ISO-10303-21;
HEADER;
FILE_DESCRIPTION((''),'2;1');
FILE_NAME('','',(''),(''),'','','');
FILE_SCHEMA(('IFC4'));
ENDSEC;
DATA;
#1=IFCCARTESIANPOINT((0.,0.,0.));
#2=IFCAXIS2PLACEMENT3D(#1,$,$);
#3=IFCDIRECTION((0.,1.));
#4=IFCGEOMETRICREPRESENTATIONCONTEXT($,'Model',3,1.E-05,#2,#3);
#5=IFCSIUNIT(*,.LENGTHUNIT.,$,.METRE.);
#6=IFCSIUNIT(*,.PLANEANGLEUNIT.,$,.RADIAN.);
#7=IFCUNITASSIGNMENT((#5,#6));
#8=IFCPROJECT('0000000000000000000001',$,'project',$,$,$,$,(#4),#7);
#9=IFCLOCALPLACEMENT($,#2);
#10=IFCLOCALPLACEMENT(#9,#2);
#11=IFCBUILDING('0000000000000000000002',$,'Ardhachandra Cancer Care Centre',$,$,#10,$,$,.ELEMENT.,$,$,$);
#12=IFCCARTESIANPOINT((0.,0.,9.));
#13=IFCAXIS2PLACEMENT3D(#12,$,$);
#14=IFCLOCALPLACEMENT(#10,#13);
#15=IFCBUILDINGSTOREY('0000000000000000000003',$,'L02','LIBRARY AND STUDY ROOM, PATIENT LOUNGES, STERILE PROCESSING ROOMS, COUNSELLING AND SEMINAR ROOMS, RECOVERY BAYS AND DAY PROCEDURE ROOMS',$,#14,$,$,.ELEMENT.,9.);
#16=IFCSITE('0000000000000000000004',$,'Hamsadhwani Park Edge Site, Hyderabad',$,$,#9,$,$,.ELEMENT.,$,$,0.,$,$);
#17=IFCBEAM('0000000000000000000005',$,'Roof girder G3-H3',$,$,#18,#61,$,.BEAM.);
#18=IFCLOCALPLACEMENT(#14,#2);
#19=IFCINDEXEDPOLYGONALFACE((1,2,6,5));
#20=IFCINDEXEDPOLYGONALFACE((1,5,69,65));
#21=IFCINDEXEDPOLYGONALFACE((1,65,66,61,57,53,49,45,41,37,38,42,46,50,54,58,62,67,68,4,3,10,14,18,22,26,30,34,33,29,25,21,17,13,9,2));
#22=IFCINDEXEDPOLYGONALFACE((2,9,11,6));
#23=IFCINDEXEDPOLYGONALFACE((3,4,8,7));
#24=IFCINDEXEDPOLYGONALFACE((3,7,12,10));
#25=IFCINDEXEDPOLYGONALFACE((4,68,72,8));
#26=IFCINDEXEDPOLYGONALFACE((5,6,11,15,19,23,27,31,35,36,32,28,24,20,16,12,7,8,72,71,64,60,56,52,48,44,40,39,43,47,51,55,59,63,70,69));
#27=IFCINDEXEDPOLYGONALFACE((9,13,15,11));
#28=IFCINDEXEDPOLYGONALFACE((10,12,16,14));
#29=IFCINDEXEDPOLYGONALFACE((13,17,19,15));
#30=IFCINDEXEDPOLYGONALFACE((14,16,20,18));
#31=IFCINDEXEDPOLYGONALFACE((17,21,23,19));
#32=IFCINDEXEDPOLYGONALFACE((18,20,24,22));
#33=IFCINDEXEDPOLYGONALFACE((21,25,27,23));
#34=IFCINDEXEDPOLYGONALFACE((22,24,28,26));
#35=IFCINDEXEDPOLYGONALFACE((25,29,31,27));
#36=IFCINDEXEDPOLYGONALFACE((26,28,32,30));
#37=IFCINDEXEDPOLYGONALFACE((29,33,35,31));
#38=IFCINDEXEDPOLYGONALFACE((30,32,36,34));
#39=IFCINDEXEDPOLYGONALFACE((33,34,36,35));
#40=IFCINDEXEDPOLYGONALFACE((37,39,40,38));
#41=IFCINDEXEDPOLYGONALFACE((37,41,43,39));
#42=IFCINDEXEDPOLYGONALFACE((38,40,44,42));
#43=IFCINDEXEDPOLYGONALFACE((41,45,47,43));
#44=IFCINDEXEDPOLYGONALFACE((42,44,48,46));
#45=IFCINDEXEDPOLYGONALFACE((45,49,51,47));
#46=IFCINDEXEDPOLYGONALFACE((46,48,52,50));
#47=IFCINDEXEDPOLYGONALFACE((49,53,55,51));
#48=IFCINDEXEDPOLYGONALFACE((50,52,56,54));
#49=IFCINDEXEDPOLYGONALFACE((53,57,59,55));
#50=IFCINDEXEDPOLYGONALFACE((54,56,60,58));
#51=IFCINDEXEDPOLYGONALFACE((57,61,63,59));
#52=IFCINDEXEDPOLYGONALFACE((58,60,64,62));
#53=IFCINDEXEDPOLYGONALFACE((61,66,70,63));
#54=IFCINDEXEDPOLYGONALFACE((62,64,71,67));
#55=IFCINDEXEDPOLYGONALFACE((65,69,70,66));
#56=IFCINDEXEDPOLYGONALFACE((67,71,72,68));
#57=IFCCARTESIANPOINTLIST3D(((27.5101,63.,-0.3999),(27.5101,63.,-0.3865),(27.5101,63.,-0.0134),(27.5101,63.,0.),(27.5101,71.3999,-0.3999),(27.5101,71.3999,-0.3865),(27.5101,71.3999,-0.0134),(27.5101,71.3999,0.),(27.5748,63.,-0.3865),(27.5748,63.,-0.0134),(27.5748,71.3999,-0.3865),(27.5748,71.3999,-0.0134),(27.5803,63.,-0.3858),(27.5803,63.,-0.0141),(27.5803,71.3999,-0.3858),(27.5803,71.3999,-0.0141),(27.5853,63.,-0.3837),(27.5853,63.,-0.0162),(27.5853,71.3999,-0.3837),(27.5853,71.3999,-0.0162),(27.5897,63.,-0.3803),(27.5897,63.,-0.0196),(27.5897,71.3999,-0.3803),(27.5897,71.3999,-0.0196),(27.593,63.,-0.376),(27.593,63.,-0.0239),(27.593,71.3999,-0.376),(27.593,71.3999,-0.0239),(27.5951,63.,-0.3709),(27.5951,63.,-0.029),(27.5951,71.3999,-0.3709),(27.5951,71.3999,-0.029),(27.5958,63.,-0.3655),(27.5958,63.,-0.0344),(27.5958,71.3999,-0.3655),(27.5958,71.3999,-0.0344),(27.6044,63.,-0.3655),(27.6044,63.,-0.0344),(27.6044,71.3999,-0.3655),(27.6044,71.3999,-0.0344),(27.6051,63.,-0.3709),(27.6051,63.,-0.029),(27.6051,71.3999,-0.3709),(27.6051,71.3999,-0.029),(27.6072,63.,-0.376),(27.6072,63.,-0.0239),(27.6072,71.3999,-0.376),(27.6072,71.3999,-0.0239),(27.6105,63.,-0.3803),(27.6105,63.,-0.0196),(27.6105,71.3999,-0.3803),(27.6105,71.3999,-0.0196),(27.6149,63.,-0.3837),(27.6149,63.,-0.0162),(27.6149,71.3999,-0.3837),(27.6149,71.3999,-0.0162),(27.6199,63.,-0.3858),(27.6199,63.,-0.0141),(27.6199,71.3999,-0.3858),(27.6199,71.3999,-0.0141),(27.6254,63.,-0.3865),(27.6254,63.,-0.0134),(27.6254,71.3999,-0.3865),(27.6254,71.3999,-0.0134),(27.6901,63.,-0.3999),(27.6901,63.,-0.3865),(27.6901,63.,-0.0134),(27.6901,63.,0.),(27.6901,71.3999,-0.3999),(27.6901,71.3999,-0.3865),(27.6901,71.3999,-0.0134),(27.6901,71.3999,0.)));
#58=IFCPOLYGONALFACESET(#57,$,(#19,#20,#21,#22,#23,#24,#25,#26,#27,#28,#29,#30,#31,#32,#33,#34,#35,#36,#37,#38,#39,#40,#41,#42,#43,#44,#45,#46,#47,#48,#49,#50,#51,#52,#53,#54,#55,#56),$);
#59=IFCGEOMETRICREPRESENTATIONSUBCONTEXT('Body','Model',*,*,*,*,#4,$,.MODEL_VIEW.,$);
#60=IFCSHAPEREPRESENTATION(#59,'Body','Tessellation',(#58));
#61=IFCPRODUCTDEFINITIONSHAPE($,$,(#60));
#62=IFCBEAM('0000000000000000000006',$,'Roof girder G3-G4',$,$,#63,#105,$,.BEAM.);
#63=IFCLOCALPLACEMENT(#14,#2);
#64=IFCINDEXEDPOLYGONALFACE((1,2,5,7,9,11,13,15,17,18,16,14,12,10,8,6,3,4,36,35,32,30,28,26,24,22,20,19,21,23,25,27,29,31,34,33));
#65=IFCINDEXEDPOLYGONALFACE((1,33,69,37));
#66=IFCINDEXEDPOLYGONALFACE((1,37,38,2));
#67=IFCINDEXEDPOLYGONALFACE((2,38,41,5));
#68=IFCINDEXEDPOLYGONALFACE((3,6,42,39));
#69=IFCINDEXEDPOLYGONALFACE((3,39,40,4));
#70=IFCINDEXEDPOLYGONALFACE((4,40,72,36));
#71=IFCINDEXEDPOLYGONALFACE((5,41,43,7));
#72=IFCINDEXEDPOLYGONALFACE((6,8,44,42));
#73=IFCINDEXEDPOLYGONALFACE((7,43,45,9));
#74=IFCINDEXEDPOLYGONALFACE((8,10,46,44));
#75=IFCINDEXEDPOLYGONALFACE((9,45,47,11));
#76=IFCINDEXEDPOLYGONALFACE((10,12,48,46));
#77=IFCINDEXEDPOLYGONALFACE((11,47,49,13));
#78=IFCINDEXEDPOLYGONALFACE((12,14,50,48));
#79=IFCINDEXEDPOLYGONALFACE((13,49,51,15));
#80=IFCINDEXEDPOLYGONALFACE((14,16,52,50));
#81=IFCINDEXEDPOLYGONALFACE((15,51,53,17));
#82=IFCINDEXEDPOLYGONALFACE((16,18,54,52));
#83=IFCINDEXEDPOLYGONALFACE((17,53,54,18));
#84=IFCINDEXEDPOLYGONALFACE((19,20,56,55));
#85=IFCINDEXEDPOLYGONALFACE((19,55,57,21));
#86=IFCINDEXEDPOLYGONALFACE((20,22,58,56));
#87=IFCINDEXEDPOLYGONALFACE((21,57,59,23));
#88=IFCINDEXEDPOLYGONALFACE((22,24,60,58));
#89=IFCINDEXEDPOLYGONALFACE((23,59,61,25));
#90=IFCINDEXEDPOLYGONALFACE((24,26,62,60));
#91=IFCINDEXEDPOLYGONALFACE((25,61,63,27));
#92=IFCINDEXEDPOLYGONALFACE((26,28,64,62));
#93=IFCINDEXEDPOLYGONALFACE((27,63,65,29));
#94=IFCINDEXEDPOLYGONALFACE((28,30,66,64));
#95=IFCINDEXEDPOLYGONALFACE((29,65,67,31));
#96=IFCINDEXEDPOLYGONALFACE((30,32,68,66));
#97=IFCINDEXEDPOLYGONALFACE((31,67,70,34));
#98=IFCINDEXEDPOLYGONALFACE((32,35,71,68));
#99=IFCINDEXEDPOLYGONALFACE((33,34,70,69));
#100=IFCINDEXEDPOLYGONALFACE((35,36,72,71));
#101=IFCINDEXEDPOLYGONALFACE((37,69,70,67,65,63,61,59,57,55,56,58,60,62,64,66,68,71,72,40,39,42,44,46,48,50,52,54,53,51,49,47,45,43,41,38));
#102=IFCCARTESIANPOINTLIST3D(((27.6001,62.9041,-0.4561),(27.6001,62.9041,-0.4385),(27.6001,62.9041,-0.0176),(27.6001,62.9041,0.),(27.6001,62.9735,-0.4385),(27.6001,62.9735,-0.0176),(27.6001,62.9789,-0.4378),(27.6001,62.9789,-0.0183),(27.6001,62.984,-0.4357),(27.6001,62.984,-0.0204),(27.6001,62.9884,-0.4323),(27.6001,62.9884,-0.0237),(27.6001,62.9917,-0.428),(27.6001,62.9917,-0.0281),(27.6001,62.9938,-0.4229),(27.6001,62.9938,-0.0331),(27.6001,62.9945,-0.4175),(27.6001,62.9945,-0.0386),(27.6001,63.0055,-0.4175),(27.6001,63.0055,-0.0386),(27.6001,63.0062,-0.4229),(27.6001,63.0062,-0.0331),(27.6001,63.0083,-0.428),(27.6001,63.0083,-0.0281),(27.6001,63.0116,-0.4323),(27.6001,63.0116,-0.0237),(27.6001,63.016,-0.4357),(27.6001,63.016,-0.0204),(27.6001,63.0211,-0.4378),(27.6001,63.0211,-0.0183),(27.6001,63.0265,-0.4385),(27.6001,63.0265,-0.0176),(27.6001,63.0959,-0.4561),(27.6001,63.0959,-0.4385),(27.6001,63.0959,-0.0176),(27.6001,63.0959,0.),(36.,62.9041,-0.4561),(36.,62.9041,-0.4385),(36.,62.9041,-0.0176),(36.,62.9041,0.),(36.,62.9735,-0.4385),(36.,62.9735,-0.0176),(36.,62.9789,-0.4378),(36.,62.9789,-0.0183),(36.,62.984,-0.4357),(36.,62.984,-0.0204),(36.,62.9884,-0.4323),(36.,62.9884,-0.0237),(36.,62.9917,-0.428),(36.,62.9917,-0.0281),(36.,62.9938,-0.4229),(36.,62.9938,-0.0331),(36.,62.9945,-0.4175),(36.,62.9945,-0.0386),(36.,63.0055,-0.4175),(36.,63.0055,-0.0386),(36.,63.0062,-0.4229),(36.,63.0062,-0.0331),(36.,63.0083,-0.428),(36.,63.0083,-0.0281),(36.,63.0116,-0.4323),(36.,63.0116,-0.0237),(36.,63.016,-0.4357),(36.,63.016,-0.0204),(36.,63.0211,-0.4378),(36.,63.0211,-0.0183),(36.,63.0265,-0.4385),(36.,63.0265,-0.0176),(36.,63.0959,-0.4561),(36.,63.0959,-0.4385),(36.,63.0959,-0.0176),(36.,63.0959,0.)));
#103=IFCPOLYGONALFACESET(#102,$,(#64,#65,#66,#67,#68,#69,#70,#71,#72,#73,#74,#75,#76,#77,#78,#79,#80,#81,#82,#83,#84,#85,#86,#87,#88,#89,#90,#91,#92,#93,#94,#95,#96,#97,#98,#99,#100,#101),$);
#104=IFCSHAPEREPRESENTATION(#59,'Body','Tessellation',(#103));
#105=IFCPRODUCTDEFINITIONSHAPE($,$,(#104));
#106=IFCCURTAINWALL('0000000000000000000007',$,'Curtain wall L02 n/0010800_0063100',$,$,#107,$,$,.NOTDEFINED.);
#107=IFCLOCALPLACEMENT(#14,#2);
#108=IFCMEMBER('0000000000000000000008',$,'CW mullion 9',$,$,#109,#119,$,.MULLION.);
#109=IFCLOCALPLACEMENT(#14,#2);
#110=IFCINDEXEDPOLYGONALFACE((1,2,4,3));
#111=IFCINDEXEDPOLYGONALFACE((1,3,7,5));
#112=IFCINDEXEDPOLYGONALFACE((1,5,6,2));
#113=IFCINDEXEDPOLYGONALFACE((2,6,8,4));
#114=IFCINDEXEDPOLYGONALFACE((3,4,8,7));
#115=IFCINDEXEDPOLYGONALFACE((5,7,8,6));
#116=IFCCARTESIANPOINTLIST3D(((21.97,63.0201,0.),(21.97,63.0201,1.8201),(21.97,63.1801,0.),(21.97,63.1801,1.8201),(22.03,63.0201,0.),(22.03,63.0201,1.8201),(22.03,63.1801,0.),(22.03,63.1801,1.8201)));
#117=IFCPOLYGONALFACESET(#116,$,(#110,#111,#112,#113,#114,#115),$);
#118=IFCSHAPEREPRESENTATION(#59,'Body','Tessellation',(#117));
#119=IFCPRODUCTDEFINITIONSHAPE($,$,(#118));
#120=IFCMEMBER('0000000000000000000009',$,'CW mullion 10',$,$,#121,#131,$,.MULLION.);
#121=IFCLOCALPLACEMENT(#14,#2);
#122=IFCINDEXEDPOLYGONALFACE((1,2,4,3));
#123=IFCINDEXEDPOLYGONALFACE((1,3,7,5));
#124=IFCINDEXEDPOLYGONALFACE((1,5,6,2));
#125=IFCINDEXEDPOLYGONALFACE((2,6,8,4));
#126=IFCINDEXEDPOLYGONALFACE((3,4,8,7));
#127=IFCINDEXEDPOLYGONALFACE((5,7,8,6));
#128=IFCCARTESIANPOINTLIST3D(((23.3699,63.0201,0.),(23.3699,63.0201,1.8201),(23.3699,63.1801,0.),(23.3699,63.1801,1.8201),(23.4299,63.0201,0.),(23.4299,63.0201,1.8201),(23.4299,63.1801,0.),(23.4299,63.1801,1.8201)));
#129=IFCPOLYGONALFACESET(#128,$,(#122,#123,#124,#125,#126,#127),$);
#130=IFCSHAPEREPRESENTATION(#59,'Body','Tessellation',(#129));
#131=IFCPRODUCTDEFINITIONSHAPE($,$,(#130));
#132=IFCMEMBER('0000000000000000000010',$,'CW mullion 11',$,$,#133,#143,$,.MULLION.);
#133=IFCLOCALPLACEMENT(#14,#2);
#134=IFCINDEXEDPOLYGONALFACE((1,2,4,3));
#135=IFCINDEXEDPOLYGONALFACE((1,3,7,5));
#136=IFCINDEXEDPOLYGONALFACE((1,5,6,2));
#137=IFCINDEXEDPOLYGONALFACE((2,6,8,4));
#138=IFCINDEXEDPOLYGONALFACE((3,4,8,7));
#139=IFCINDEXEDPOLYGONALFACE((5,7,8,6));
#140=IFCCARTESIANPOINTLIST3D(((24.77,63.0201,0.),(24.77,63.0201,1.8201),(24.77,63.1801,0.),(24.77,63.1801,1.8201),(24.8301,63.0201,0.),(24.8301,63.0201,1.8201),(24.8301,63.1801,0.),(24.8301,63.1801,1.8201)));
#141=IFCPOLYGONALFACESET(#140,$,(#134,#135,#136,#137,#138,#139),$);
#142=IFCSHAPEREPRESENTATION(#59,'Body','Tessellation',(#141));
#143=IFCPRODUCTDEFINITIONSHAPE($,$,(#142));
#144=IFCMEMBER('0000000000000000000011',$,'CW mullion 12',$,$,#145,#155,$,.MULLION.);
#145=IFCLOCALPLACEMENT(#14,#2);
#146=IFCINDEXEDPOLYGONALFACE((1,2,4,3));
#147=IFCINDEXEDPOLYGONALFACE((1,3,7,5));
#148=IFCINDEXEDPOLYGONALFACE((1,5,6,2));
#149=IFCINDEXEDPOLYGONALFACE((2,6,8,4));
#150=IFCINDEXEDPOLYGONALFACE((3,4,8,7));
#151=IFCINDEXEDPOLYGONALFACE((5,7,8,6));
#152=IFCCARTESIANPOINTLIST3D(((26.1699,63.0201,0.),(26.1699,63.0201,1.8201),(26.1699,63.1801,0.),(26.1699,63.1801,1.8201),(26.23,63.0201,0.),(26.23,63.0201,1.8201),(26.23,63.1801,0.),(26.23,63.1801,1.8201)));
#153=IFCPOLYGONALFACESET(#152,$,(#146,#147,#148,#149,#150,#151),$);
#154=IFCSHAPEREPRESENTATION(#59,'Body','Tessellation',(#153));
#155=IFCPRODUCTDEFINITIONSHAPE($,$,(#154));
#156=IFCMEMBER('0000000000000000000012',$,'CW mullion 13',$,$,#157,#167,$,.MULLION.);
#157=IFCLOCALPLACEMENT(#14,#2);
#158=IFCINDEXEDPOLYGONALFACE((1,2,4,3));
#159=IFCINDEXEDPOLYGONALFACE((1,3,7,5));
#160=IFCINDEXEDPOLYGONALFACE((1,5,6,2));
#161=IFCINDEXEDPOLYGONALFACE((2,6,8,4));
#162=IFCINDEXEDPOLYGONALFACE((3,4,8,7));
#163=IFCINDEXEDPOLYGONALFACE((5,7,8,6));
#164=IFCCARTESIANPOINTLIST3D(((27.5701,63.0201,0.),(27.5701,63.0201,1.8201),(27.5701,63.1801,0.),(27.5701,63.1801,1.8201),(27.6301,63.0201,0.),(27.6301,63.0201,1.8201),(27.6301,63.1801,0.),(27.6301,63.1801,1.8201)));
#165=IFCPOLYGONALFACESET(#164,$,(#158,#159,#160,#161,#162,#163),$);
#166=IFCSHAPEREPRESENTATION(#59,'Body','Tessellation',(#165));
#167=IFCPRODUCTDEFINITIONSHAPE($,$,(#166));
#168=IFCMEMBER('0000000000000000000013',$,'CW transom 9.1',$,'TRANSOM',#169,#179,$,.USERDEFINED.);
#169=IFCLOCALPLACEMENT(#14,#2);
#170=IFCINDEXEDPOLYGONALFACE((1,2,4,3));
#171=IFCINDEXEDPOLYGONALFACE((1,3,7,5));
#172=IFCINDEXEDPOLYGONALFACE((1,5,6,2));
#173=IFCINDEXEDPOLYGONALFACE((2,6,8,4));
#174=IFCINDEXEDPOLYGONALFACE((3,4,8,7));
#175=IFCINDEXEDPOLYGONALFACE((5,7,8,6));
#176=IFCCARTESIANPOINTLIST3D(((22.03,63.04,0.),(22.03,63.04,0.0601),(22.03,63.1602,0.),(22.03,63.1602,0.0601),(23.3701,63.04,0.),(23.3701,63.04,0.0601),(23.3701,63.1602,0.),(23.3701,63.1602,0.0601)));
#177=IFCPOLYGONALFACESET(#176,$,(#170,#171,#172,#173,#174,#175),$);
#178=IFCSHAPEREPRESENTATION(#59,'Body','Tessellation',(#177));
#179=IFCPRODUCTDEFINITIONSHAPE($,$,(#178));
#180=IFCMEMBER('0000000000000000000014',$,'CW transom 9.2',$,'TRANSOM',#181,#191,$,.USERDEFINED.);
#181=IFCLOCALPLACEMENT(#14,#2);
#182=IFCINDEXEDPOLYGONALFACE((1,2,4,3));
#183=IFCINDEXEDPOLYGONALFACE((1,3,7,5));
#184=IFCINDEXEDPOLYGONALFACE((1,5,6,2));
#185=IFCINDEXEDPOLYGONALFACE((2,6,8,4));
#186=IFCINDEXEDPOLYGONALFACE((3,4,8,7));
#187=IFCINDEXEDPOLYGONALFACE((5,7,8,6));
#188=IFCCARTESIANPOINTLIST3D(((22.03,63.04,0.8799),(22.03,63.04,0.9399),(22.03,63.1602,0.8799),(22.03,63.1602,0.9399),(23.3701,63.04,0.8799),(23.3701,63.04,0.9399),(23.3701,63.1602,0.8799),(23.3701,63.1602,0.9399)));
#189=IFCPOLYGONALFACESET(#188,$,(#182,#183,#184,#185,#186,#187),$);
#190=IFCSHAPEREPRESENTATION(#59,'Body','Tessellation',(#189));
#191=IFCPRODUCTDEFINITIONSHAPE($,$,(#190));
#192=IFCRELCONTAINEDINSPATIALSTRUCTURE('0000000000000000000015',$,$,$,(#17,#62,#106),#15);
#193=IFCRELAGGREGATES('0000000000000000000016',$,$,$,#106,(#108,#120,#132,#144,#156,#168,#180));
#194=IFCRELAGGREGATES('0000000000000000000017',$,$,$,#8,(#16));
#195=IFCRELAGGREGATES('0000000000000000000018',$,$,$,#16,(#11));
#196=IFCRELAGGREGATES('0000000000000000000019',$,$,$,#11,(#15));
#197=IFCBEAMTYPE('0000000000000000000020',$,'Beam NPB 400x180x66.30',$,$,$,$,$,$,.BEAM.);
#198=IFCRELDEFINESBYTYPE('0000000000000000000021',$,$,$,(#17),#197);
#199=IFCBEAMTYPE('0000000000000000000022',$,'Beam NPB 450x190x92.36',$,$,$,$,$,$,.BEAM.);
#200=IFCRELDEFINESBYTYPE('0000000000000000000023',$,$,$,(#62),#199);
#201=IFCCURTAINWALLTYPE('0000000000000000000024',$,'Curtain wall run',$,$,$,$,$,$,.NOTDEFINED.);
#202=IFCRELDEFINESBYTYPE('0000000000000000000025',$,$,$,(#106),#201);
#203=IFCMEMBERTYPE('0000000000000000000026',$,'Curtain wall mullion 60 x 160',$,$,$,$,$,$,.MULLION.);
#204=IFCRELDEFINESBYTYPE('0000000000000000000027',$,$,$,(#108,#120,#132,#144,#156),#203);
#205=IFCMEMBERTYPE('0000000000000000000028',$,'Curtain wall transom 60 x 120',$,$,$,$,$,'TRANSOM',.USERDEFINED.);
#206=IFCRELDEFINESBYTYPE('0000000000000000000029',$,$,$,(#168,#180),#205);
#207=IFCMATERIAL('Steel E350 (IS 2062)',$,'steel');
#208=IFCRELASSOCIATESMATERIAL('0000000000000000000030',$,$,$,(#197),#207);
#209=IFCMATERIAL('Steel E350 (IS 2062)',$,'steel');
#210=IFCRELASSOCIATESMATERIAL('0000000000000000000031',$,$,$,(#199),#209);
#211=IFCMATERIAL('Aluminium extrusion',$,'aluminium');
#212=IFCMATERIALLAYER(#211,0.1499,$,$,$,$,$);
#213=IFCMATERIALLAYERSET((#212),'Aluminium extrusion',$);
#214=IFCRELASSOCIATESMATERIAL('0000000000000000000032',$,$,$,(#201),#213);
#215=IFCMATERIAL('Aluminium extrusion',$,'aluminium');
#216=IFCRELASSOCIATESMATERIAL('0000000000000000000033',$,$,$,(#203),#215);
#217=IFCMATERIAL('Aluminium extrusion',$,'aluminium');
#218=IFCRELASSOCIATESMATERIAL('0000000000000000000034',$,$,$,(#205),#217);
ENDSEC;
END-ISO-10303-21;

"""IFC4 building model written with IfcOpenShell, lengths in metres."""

from ifc_helpers import new_model, si_unit, direction, frame, origin, origin_2d, place, context, subcontext, project, spatial, rectangle, i_section, extrude, material, layer, layer_set, material_profile, profile_set, type_object, element, aggregate, save


model = new_model("IFC4")

# Units and contexts
model_context = context("Model", 3, precision=1e-05, world=origin(), true_north=direction((0.0, 1.0)))
body_context = subcontext(model_context, "Body", "Model", "MODEL_VIEW")
ifc_project = project(units=[si_unit("LENGTHUNIT", "METRE"), si_unit("PLANEANGLEUNIT", "RADIAN")], contexts=[model_context])

# Site, building, storey
site_placement = place(None, origin())
site = spatial("IfcSite", under=ifc_project, at=site_placement, Name="Hamsadhwani Park Edge Site, Hyderabad", CompositionType="ELEMENT", RefElevation=0.0)
building_placement = place(site_placement, origin())
building = spatial("IfcBuilding", under=site, at=building_placement, Name="Ardhachandra Cancer Care Centre", CompositionType="ELEMENT")
storey_placement = place(building_placement, frame((0.0, 0.0, 9.0)))
storey = spatial("IfcBuildingStorey", under=building, at=storey_placement, Name="L02", Description="LIBRARY AND STUDY ROOM, PATIENT LOUNGES, STERILE PROCESSING ROOMS, COUNSELLING AND SEMINAR ROOMS, RECOVERY BAYS AND DAY PROCEDURE ROOMS", CompositionType="ELEMENT", Elevation=9.0)

# Beams
ifc_material_1 = material(Name="Steel E350 (IS 2062)", Category="steel")
ifc_material_profile_1 = material_profile(ifc_material_1, i_section(OverallWidth=0.1799, OverallDepth=0.3999, WebThickness=0.0085, FlangeThickness=0.0134, FilletRadius=0.021, at=origin_2d()), Name="NPB 400x180x66.30")
ifc_profile_set_1 = profile_set([ifc_material_profile_1], Name="Steel E350 (IS 2062)")
beam_type_1 = type_object("IfcBeamType", Name="Beam NPB 400x180x66.30", PredefinedType="BEAM", material=ifc_profile_set_1)
beam_1_placement = place(storey_placement, frame((27.6001, 63.0, -0.2), z_axis=(0.0, 1.0, 0.0), x_axis=(-1.0, 0.0, 0.0)))
element("IfcBeam", 1, at=beam_1_placement, inside=storey, type_object=beam_type_1, Name="Roof girder G3-H3", PredefinedType="BEAM", context=body_context, shape_type="SweptSolid", body=[
    extrude(i_section(OverallWidth=0.1799, OverallDepth=0.3999, WebThickness=0.0085, FlangeThickness=0.0134, FilletRadius=0.021, at=origin_2d()), origin(), (0.0, 0.0, 1.0), 8.3999),
])
ifc_material_2 = material(Name="Steel E350 (IS 2062)", Category="steel")
ifc_material_profile_2 = material_profile(ifc_material_2, i_section(OverallWidth=0.1919, OverallDepth=0.4561, WebThickness=0.011, FlangeThickness=0.0176, FilletRadius=0.021, at=origin_2d()), Name="NPB 450x190x92.36")
ifc_profile_set_2 = profile_set([ifc_material_profile_2], Name="Steel E350 (IS 2062)")
beam_type_2 = type_object("IfcBeamType", Name="Beam NPB 450x190x92.36", PredefinedType="BEAM", material=ifc_profile_set_2)
beam_2_placement = place(storey_placement, frame((27.6001, 63.0, -0.228), z_axis=(1.0, 0.0, 0.0), x_axis=(0.0, 1.0, 0.0)))
element("IfcBeam", 2, at=beam_2_placement, inside=storey, type_object=beam_type_2, Name="Roof girder G3-G4", PredefinedType="BEAM", context=body_context, shape_type="SweptSolid", body=[
    extrude(i_section(OverallWidth=0.1919, OverallDepth=0.4561, WebThickness=0.011, FlangeThickness=0.0176, FilletRadius=0.021, at=origin_2d()), origin(), (0.0, 0.0, 1.0), 8.3999),
])

# Curtain wall, members
ifc_material_3 = material(Name="Aluminium extrusion", Category="aluminium")
ifc_layer_1 = layer(ifc_material_3, 0.1499)
ifc_layer_set_1 = layer_set([ifc_layer_1], Name="Aluminium extrusion")
curtain_wall_type = type_object("IfcCurtainWallType", Name="Curtain wall run", PredefinedType="NOTDEFINED", material=ifc_layer_set_1)
curtain_wall_placement = place(storey_placement, origin())
curtain_wall = element("IfcCurtainWall", 3, at=curtain_wall_placement, inside=storey, type_object=curtain_wall_type, Name="Curtain wall L02 n/0010800_0063100", PredefinedType="NOTDEFINED")
ifc_material_4 = material(Name="Aluminium extrusion", Category="aluminium")
ifc_material_profile_3 = material_profile(ifc_material_4, rectangle(XDim=0.1599, YDim=0.0601, at=origin_2d()), Name="Curtain wall mullion 60 x 160")
ifc_profile_set_3 = profile_set([ifc_material_profile_3], Name="Aluminium extrusion")
member_type_1 = type_object("IfcMemberType", Name="Curtain wall mullion 60 x 160", PredefinedType="MULLION", material=ifc_profile_set_3)
member_1_placement = place(storey_placement, frame((22.0, 63.1001, 0.0), z_axis=(0.0, 0.0, 1.0), x_axis=(0.0, 1.0, 0.0)))
member_1 = element("IfcMember", 4, at=member_1_placement, type_object=member_type_1, Name="CW mullion 9", PredefinedType="MULLION", context=body_context, shape_type="SweptSolid", body=[
    extrude(rectangle(XDim=0.1599, YDim=0.0601, at=origin_2d()), origin(), (0.0, 0.0, 1.0), 1.8201),
])
member_2_placement = place(storey_placement, frame((23.3999, 63.1001, 0.0), z_axis=(0.0, 0.0, 1.0), x_axis=(0.0, 1.0, 0.0)))
member_2 = element("IfcMember", 5, at=member_2_placement, type_object=member_type_1, Name="CW mullion 10", PredefinedType="MULLION", context=body_context, shape_type="SweptSolid", body=[
    extrude(rectangle(XDim=0.1599, YDim=0.0601, at=origin_2d()), origin(), (0.0, 0.0, 1.0), 1.8201),
])
member_3_placement = place(storey_placement, frame((24.8, 63.1001, 0.0), z_axis=(0.0, 0.0, 1.0), x_axis=(0.0, 1.0, 0.0)))
member_3 = element("IfcMember", 6, at=member_3_placement, type_object=member_type_1, Name="CW mullion 11", PredefinedType="MULLION", context=body_context, shape_type="SweptSolid", body=[
    extrude(rectangle(XDim=0.1599, YDim=0.0601, at=origin_2d()), origin(), (0.0, 0.0, 1.0), 1.8201),
])
member_4_placement = place(storey_placement, frame((26.2, 63.1001, 0.0), z_axis=(0.0, 0.0, 1.0), x_axis=(0.0, 1.0, 0.0)))
member_4 = element("IfcMember", 7, at=member_4_placement, type_object=member_type_1, Name="CW mullion 12", PredefinedType="MULLION", context=body_context, shape_type="SweptSolid", body=[
    extrude(rectangle(XDim=0.1599, YDim=0.0601, at=origin_2d()), origin(), (0.0, 0.0, 1.0), 1.8201),
])
member_5_placement = place(storey_placement, frame((27.6001, 63.1001, 0.0), z_axis=(0.0, 0.0, 1.0), x_axis=(0.0, 1.0, 0.0)))
member_5 = element("IfcMember", 8, at=member_5_placement, type_object=member_type_1, Name="CW mullion 13", PredefinedType="MULLION", context=body_context, shape_type="SweptSolid", body=[
    extrude(rectangle(XDim=0.1599, YDim=0.0601, at=origin_2d()), origin(), (0.0, 0.0, 1.0), 1.8201),
])
ifc_material_5 = material(Name="Aluminium extrusion", Category="aluminium")
ifc_material_profile_4 = material_profile(ifc_material_5, rectangle(XDim=0.1201, YDim=0.0601, at=origin_2d()), Name="Curtain wall transom 60 x 120")
ifc_profile_set_4 = profile_set([ifc_material_profile_4], Name="Aluminium extrusion")
member_type_2 = type_object("IfcMemberType", Name="Curtain wall transom 60 x 120", ElementType="TRANSOM", PredefinedType="USERDEFINED", material=ifc_profile_set_4)
member_6_placement = place(storey_placement, frame((22.03, 63.1001, 0.03), z_axis=(1.0, 0.0, 0.0), x_axis=(0.0, 1.0, 0.0)))
member_6 = element("IfcMember", 9, at=member_6_placement, type_object=member_type_2, Name="CW transom 9.1", ObjectType="TRANSOM", PredefinedType="USERDEFINED", context=body_context, shape_type="SweptSolid", body=[
    extrude(rectangle(XDim=0.1201, YDim=0.0601, at=origin_2d()), origin(), (0.0, 0.0, 1.0), 1.3401),
])
member_7_placement = place(storey_placement, frame((22.03, 63.1001, 0.9099), z_axis=(1.0, 0.0, 0.0), x_axis=(0.0, 1.0, 0.0)))
member_7 = element("IfcMember", 10, at=member_7_placement, type_object=member_type_2, Name="CW transom 9.2", ObjectType="TRANSOM", PredefinedType="USERDEFINED", context=body_context, shape_type="SweptSolid", body=[
    extrude(rectangle(XDim=0.1201, YDim=0.0601, at=origin_2d()), origin(), (0.0, 0.0, 1.0), 1.3401),
])

aggregate(curtain_wall, [member_1, member_2, member_3, member_4, member_5, member_6, member_7])

save(model, "model.ifc")
